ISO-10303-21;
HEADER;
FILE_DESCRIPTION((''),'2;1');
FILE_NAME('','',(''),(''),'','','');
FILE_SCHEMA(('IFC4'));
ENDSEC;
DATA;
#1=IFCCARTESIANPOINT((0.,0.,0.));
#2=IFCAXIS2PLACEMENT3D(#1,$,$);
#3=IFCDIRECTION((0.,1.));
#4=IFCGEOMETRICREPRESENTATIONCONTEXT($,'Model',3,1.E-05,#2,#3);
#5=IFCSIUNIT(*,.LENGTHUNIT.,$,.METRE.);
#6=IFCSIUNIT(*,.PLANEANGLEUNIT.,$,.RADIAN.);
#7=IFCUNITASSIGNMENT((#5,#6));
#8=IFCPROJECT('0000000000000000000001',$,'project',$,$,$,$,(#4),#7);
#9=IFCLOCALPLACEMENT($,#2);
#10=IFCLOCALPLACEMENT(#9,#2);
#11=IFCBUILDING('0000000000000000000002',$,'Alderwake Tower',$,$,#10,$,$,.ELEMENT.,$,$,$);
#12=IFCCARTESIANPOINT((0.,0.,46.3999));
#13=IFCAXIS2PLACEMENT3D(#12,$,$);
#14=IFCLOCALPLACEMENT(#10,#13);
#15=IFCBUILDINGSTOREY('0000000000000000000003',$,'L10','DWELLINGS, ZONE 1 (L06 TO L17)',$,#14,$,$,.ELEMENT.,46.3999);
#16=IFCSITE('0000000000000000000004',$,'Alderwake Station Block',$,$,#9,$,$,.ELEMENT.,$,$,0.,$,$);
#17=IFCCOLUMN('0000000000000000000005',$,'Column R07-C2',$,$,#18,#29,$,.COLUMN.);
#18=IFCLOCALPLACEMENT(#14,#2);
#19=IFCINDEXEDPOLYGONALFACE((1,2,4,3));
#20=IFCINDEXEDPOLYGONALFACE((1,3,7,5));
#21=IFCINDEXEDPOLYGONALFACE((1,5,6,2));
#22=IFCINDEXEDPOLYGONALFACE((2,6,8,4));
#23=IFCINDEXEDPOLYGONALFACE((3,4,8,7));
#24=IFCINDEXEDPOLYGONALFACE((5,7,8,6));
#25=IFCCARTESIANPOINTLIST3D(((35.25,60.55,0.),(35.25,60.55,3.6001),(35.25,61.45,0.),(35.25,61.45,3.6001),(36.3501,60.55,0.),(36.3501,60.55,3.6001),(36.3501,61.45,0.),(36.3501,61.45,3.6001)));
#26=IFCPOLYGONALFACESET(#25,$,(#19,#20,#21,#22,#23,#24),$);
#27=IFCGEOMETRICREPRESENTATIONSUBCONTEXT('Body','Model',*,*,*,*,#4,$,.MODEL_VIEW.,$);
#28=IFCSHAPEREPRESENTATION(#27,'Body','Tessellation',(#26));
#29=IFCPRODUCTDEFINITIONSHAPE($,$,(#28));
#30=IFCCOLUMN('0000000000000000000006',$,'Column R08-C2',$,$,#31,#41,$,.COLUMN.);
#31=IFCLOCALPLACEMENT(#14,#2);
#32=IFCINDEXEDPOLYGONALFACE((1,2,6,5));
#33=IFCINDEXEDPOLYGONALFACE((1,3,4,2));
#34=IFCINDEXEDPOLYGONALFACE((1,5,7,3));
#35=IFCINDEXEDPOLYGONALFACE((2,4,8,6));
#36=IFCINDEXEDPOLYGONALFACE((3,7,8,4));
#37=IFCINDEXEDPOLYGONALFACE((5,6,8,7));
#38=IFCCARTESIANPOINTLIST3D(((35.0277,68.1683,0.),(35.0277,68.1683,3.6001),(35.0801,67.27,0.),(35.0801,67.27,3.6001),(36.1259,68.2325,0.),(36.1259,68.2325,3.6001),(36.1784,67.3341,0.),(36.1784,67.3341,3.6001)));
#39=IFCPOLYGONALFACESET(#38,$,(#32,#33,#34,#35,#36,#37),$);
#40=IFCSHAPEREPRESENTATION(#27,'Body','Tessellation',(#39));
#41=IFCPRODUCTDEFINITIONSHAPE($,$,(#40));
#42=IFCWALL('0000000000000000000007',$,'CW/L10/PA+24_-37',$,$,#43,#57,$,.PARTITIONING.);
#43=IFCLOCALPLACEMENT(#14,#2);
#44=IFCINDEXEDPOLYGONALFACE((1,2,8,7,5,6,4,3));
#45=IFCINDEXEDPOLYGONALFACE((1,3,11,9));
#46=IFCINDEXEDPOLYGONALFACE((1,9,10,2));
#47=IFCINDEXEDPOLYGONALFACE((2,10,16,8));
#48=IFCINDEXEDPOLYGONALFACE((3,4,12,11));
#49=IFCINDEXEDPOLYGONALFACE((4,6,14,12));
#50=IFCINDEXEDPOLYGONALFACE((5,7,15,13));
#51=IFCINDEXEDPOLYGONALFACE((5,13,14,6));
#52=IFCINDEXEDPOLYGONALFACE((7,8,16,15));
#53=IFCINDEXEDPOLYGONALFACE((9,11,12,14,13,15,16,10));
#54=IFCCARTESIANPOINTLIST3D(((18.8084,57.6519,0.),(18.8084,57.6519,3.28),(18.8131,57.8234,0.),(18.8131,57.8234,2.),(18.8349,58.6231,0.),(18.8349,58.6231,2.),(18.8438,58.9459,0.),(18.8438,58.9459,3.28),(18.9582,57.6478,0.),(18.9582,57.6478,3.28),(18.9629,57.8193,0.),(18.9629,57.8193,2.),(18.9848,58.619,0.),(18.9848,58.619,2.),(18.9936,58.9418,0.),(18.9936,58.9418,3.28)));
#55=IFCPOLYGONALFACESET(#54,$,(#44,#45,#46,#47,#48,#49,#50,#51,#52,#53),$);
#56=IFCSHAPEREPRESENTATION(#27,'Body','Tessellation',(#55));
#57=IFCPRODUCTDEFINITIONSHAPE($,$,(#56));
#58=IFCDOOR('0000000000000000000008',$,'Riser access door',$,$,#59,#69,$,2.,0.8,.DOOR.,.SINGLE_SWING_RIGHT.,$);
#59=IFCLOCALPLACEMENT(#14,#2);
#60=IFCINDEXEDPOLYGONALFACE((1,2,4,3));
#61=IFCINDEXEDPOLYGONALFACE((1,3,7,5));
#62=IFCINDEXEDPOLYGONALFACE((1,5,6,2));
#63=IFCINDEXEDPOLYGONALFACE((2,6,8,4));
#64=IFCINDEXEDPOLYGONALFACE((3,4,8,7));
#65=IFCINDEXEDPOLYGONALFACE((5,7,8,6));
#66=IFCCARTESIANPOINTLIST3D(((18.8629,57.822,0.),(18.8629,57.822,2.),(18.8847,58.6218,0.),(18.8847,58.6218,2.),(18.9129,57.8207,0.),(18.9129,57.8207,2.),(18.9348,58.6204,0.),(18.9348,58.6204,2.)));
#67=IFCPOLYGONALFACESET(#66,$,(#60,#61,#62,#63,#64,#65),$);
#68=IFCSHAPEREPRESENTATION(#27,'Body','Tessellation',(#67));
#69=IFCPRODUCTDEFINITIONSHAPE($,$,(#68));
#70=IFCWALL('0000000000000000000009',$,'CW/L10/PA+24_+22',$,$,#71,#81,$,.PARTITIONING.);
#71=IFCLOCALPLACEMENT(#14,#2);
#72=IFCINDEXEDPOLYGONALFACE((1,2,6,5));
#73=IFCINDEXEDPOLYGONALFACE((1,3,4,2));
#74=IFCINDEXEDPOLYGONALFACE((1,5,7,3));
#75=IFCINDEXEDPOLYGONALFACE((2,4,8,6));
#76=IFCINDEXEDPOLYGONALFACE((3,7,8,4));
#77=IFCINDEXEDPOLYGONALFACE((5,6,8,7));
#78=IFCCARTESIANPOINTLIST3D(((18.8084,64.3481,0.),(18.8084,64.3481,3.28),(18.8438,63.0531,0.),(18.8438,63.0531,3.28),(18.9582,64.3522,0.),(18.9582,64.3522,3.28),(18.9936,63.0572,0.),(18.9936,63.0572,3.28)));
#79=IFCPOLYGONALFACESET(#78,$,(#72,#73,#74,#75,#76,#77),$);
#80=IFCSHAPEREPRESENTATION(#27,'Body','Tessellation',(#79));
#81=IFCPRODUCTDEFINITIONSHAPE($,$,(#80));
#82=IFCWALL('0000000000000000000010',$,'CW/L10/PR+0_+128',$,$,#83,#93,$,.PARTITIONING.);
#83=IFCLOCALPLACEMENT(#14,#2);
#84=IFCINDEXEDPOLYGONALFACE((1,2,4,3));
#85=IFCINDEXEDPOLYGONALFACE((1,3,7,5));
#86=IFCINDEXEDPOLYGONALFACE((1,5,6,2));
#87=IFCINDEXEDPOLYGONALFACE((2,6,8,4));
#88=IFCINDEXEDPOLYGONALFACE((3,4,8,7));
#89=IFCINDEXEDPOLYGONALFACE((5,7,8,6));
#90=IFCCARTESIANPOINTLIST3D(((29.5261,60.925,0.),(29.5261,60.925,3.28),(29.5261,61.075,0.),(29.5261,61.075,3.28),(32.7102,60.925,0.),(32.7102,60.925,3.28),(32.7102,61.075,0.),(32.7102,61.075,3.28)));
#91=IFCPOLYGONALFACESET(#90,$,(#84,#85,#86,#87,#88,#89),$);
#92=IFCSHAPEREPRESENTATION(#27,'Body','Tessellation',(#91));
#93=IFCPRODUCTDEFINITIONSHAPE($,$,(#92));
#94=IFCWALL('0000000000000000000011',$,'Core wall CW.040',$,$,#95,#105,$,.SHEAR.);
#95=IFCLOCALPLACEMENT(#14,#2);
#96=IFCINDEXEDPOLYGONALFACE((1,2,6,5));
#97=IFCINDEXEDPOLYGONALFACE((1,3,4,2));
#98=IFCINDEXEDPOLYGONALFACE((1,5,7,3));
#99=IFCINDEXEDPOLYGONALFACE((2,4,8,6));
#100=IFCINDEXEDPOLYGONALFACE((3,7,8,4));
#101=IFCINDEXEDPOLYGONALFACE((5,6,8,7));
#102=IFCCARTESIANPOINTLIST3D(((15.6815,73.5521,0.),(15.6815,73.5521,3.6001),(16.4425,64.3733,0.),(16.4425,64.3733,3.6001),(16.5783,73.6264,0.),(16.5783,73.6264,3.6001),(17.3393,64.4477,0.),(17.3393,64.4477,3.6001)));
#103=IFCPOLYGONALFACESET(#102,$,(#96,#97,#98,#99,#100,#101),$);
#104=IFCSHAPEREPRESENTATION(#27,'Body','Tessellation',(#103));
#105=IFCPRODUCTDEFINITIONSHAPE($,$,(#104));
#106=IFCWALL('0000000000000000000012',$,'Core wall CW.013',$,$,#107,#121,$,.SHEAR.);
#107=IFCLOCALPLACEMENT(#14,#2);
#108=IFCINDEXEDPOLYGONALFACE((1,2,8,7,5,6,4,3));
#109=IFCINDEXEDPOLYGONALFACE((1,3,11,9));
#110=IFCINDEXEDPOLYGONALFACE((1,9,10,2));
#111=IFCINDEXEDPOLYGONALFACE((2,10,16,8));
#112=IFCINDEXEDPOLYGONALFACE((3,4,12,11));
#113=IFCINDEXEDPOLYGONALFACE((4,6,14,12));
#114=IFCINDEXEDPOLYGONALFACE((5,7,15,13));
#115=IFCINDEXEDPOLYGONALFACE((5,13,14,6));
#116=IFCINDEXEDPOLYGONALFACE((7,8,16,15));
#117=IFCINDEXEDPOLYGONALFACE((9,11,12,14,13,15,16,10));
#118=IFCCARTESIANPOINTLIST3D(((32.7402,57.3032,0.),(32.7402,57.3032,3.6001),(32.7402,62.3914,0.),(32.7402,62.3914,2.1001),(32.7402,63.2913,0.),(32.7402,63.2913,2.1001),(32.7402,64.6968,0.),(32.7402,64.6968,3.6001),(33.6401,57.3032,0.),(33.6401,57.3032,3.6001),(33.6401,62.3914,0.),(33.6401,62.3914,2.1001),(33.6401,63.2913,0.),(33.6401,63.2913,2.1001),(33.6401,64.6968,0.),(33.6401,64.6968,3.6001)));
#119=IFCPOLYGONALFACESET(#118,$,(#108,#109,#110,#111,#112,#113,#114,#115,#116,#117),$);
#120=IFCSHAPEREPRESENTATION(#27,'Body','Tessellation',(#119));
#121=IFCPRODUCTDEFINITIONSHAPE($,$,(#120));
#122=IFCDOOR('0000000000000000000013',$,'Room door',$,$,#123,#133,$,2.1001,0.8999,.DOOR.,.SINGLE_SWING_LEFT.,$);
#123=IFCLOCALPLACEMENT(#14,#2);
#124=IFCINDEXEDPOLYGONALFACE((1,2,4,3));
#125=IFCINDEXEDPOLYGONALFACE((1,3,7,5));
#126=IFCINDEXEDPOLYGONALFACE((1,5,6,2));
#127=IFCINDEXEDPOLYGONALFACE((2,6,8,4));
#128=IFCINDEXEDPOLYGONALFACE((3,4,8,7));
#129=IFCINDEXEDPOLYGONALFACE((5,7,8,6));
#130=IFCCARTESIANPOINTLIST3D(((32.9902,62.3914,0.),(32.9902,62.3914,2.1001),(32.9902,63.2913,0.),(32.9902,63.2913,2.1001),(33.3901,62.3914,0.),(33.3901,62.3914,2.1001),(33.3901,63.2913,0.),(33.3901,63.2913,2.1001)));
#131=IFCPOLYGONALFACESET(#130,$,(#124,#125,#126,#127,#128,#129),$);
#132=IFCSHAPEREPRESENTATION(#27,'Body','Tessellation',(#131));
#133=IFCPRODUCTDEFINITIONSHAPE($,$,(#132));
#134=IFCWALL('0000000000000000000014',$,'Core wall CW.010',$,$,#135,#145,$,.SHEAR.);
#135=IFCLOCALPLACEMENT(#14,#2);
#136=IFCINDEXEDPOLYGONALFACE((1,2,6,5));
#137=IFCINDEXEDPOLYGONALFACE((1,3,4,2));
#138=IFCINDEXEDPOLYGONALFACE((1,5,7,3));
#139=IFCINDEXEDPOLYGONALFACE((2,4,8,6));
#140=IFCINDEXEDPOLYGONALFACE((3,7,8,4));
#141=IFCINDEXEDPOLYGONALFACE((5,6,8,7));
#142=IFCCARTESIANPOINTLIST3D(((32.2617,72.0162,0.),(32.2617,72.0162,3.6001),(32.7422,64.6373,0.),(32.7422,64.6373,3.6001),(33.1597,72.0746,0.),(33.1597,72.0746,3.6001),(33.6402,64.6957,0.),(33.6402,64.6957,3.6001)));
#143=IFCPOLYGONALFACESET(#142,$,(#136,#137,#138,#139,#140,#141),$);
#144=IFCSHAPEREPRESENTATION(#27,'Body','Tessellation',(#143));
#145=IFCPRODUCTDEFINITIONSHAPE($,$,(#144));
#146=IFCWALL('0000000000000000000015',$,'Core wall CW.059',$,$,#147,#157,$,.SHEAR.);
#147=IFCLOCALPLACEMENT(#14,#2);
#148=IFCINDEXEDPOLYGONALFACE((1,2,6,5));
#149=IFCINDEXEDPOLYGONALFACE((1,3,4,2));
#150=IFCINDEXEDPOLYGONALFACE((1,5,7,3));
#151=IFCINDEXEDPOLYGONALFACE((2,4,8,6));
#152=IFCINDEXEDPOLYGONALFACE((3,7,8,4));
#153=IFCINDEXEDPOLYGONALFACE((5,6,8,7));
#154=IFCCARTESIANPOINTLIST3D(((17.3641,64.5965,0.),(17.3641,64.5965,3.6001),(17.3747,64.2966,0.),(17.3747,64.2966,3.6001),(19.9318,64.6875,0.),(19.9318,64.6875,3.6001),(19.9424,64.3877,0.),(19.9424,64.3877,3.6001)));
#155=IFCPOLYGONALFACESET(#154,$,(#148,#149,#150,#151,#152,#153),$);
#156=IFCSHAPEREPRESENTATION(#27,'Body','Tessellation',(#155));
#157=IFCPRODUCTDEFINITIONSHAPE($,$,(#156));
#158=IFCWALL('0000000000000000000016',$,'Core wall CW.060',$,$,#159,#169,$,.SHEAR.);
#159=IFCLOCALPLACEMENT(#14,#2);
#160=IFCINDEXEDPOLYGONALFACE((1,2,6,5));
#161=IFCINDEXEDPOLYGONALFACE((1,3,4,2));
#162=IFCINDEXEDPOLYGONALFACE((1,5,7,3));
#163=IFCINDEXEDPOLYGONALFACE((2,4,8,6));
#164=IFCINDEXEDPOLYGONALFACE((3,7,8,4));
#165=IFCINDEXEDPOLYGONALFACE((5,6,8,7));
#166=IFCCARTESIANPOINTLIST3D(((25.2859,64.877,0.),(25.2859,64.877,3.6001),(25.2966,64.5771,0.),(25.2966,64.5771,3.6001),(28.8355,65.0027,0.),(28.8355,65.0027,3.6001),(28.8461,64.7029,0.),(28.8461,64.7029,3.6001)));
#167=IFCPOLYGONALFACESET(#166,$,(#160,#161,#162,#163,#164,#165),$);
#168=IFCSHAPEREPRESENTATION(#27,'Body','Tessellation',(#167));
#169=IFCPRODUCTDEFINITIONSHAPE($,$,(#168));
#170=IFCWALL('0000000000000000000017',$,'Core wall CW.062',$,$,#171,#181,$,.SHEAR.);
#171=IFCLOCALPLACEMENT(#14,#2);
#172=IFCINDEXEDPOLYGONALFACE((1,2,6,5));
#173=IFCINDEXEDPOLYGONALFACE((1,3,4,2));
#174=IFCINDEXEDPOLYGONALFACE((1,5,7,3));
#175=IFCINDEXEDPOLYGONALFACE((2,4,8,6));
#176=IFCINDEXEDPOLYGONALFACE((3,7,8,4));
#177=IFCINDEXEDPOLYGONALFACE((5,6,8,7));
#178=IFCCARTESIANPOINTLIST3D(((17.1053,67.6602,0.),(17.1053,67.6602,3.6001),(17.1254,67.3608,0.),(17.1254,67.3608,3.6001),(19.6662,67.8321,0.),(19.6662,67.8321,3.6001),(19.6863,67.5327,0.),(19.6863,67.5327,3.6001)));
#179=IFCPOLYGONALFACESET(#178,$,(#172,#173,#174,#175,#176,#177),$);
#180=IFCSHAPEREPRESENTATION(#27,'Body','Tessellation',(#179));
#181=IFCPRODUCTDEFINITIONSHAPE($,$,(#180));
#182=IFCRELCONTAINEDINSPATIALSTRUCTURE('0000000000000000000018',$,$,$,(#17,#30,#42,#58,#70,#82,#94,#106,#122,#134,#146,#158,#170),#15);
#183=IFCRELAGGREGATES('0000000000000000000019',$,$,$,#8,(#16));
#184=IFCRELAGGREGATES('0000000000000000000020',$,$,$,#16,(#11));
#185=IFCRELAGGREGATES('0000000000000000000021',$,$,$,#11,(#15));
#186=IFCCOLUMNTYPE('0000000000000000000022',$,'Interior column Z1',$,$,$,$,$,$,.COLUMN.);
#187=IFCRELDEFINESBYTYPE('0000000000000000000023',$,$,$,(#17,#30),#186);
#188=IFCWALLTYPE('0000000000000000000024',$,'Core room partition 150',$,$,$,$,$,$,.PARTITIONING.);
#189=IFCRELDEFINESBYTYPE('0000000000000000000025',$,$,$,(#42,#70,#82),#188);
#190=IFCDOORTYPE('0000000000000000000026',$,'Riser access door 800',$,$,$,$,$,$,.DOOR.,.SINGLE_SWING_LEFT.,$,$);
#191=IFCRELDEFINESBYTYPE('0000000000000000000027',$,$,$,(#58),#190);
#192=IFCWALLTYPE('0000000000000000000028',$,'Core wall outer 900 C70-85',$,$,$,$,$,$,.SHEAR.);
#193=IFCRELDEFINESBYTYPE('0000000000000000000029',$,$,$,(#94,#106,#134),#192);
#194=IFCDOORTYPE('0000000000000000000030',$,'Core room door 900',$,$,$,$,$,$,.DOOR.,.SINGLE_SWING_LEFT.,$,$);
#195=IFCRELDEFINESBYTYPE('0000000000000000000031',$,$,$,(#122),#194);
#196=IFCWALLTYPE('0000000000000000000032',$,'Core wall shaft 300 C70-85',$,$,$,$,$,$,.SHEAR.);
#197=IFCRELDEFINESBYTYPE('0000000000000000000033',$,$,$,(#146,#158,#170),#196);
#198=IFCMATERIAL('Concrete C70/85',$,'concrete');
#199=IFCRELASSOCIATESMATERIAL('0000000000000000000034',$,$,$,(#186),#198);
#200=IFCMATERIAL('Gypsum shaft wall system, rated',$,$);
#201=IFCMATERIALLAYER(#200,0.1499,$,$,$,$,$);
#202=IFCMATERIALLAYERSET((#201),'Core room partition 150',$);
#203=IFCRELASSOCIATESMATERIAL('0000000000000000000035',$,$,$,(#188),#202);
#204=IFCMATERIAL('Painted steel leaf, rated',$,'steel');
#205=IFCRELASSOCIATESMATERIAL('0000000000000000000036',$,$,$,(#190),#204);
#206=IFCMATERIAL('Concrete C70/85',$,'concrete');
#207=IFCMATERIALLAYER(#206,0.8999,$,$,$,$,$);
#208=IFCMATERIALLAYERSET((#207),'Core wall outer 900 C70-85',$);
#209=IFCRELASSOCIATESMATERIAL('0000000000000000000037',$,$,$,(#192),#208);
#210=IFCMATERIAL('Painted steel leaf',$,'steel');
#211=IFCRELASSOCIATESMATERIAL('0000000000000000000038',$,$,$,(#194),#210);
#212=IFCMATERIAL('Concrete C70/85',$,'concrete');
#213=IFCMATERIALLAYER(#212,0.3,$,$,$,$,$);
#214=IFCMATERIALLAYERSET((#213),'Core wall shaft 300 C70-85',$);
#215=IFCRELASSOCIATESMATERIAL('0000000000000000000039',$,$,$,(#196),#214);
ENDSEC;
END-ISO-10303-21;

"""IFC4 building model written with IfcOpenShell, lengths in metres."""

from ifc_helpers import new_model, si_unit, direction, frame, frame_2d, origin, origin_2d, place, context, subcontext, project, spatial, rectangle, extrude, material, layer, layer_set, material_profile, profile_set, type_object, element, fill, save


model = new_model("IFC4")

# Units and contexts
model_context = context("Model", 3, precision=1e-05, world=origin(), true_north=direction((0.0, 1.0)))
body_context = subcontext(model_context, "Body", "Model", "MODEL_VIEW")
ifc_project = project(units=[si_unit("LENGTHUNIT", "METRE"), si_unit("PLANEANGLEUNIT", "RADIAN")], contexts=[model_context])

# Site, building, storey
site_placement = place(None, origin())
site = spatial("IfcSite", under=ifc_project, at=site_placement, Name="Alderwake Station Block", CompositionType="ELEMENT", RefElevation=0.0)
building_placement = place(site_placement, origin())
building = spatial("IfcBuilding", under=site, at=building_placement, Name="Alderwake Tower", CompositionType="ELEMENT")
storey_placement = place(building_placement, frame((0.0, 0.0, 46.3999)))
storey = spatial("IfcBuildingStorey", under=building, at=storey_placement, Name="L10", Description="DWELLINGS, ZONE 1 (L06 TO L17)", CompositionType="ELEMENT", Elevation=46.3999)

# Columns
ifc_material_1 = material(Name="Concrete C70/85", Category="concrete")
ifc_material_profile = material_profile(ifc_material_1, rectangle(XDim=0.8999, YDim=1.1001, at=origin_2d()), Name="RC 1100X900")
ifc_profile_set = profile_set([ifc_material_profile], Name="Concrete C70/85")
column_type = type_object("IfcColumnType", Name="Interior column Z1", PredefinedType="COLUMN", material=ifc_profile_set)
for number, where, z_axis, x_axis, name in (
    (1, (35.8, 61.0, 0.0), (0.0, 0.0, 1.0), (0.0, 1.0, 0.0), "Column R07-C2"),
    (2, (35.603, 67.7512, 0.0), (0.0, 0.0, 1.0), (-0.058301, 0.998299, 0.0), "Column R08-C2"),
):
    element("IfcColumn", number, at=place(storey_placement, frame(where, z_axis=z_axis, x_axis=x_axis)), inside=storey, type_object=column_type, Name=name, PredefinedType="COLUMN", context=body_context, shape_type="SweptSolid", body=[
        extrude(rectangle(XDim=0.8999, YDim=1.1001, at=origin_2d()), origin(), (0.0, 0.0, 1.0), 3.6001),
    ])

# Wall, opening, door
ifc_material_2 = material(Name="Gypsum shaft wall system, rated")
ifc_layer_1 = layer(ifc_material_2, 0.1499)
ifc_layer_set_1 = layer_set([ifc_layer_1], Name="Core room partition 150")
wall_type_1 = type_object("IfcWallType", Name="Core room partition 150", PredefinedType="PARTITIONING", material=ifc_layer_set_1)
wall_1_placement = place(storey_placement, frame((18.9187, 58.9438, 0.0), z_axis=(0.0, 0.0, 1.0), x_axis=(-0.027348, -0.999626, 0.0)))
wall_1 = element("IfcWall", 3, at=wall_1_placement, inside=storey, type_object=wall_type_1, Name="CW/L10/PA+24_-37", PredefinedType="PARTITIONING", context=body_context, shape_type="SweptSolid", body=[
    extrude(rectangle(XDim=1.2944, YDim=0.1499, at=frame_2d((0.6472, 0.0))), origin(), (0.0, 0.0, 1.0), 3.28),
])
opening_1_placement = place(wall_1_placement, frame((0.323, 0.0, 0.0)))
opening_1 = element("IfcOpeningElement", 4, at=opening_1_placement, cuts=wall_1, PredefinedType="OPENING", context=body_context, shape_type="SweptSolid", body=[
    extrude(rectangle(XDim=0.8, YDim=2.0, at=frame_2d((0.3999, 1.0))), frame((0.0, 0.085, 0.0), z_axis=(0.0, -1.0, 0.0), x_axis=(1.0, 0.0, 0.0)), (0.0, 0.0, 1.0), 0.1699),
])
ifc_material_3 = material(Name="Painted steel leaf, rated", Category="steel")
door_type_1 = type_object("IfcDoorType", Name="Riser access door 800", OperationType="SINGLE_SWING_LEFT", PredefinedType="DOOR", material=ifc_material_3)
door_1_placement = place(opening_1_placement, origin())
door_1 = element("IfcDoor", 5, at=door_1_placement, inside=storey, type_object=door_type_1, Name="Riser access door", OperationType="SINGLE_SWING_RIGHT", OverallHeight=2.0, OverallWidth=0.8, PredefinedType="DOOR", context=body_context, shape_type="SweptSolid", body=[
    extrude(rectangle(XDim=0.8, YDim=2.0, at=frame_2d((0.3999, 1.0))), frame((0.0, 0.0249, 0.0), z_axis=(0.0, -1.0, 0.0), x_axis=(1.0, 0.0, 0.0)), (0.0, 0.0, 1.0), 0.05),
])
fill(opening_1, door_1)

# Walls
wall_2_placement = place(storey_placement, frame((18.9187, 63.0552, 0.0), z_axis=(0.0, 0.0, 1.0), x_axis=(-0.027328, 0.999627, 0.0)))
element("IfcWall", 6, at=wall_2_placement, inside=storey, type_object=wall_type_1, Name="CW/L10/PA+24_+22", PredefinedType="PARTITIONING", context=body_context, shape_type="SweptSolid", body=[
    extrude(rectangle(XDim=1.2954, YDim=0.1499, at=frame_2d((0.6477, 0.0))), origin(), (0.0, 0.0, 1.0), 3.28),
])
wall_3_placement = place(storey_placement, frame((29.5261, 61.0, 0.0), z_axis=(0.0, 0.0, 1.0), x_axis=(1.0, 0.0, 0.0)))
element("IfcWall", 7, at=wall_3_placement, inside=storey, type_object=wall_type_1, Name="CW/L10/PR+0_+128", PredefinedType="PARTITIONING", context=body_context, shape_type="SweptSolid", body=[
    extrude(rectangle(XDim=3.1841, YDim=0.1499, at=frame_2d((1.592, 0.0))), origin(), (0.0, 0.0, 1.0), 3.28),
])
ifc_material_4 = material(Name="Concrete C70/85", Category="concrete")
ifc_layer_2 = layer(ifc_material_4, 0.8999)
ifc_layer_set_2 = layer_set([ifc_layer_2], Name="Core wall outer 900 C70-85")
wall_type_2 = type_object("IfcWallType", Name="Core wall outer 900 C70-85", PredefinedType="SHEAR", material=ifc_layer_set_2)
wall_4_placement = place(storey_placement, frame((16.8909, 64.4106, 0.0), z_axis=(0.0, 0.0, 1.0), x_axis=(-0.082624, 0.996581, 0.0)))
element("IfcWall", 8, at=wall_4_placement, inside=storey, type_object=wall_type_2, Name="Core wall CW.040", PredefinedType="SHEAR", context=body_context, shape_type="SweptSolid", body=[
    extrude(rectangle(XDim=9.2102, YDim=0.8999, at=frame_2d((4.605, 0.0))), origin(), (0.0, 0.0, 1.0), 3.6001),
])

# Wall, opening, door
wall_5_placement = place(storey_placement, frame((33.1902, 64.6968, 0.0), z_axis=(0.0, 0.0, 1.0), x_axis=(0.0, -1.0, 0.0)))
wall_5 = element("IfcWall", 9, at=wall_5_placement, inside=storey, type_object=wall_type_2, Name="Core wall CW.013", PredefinedType="SHEAR", context=body_context, shape_type="SweptSolid", body=[
    extrude(rectangle(XDim=7.3936, YDim=0.8999, at=frame_2d((3.6968, 0.0))), origin(), (0.0, 0.0, 1.0), 3.6001),
])
opening_2_placement = place(wall_5_placement, frame((1.4055, 0.0, 0.0)))
opening_2 = element("IfcOpeningElement", 10, at=opening_2_placement, cuts=wall_5, PredefinedType="OPENING", context=body_context, shape_type="SweptSolid", body=[
    extrude(rectangle(XDim=0.8999, YDim=2.1001, at=frame_2d((0.45, 1.05))), frame((0.0, 0.46, 0.0), z_axis=(0.0, -1.0, 0.0), x_axis=(1.0, 0.0, 0.0)), (0.0, 0.0, 1.0), 0.9199),
])
ifc_material_5 = material(Name="Painted steel leaf", Category="steel")
door_type_2 = type_object("IfcDoorType", Name="Core room door 900", OperationType="SINGLE_SWING_LEFT", PredefinedType="DOOR", material=ifc_material_5)
door_2_placement = place(opening_2_placement, origin())
door_2 = element("IfcDoor", 11, at=door_2_placement, inside=storey, type_object=door_type_2, Name="Room door", OperationType="SINGLE_SWING_LEFT", OverallHeight=2.1001, OverallWidth=0.8999, PredefinedType="DOOR", context=body_context, shape_type="SweptSolid", body=[
    extrude(rectangle(XDim=0.8999, YDim=2.1001, at=frame_2d((0.45, 1.05))), frame((0.0, 0.2, 0.0), z_axis=(0.0, -1.0, 0.0), x_axis=(1.0, 0.0, 0.0)), (0.0, 0.0, 1.0), 0.3999),
])
fill(opening_2, door_2)

# Walls
wall_6_placement = place(storey_placement, frame((33.1912, 64.6665, 0.0), z_axis=(0.0, 0.0, 1.0), x_axis=(-0.064976, 0.997887, 0.0)))
element("IfcWall", 12, at=wall_6_placement, inside=storey, type_object=wall_type_2, Name="Core wall CW.010", PredefinedType="SHEAR", context=body_context, shape_type="SweptSolid", body=[
    extrude(rectangle(XDim=7.3945, YDim=0.8999, at=frame_2d((3.6973, 0.0))), origin(), (0.0, 0.0, 1.0), 3.6001),
])
ifc_material_6 = material(Name="Concrete C70/85", Category="concrete")
ifc_layer_3 = layer(ifc_material_6, 0.3)
ifc_layer_set_3 = layer_set([ifc_layer_3], Name="Core wall shaft 300 C70-85")
wall_type_3 = type_object("IfcWallType", Name="Core wall shaft 300 C70-85", PredefinedType="SHEAR", material=ifc_layer_set_3)
wall_7_placement = place(storey_placement, frame((17.3694, 64.4465, 0.0), z_axis=(0.0, 0.0, 1.0), x_axis=(0.999372, 0.035444, 0.0)))
element("IfcWall", 13, at=wall_7_placement, inside=storey, type_object=wall_type_3, Name="Core wall CW.059", PredefinedType="SHEAR", context=body_context, shape_type="SweptSolid", body=[
    extrude(rectangle(XDim=2.5693, YDim=0.3, at=frame_2d((1.2847, 0.0))), origin(), (0.0, 0.0, 1.0), 3.6001),
])
wall_8_placement = place(storey_placement, frame((25.2913, 64.7271, 0.0), z_axis=(0.0, 0.0, 1.0), x_axis=(0.999373, 0.0354, 0.0)))
element("IfcWall", 14, at=wall_8_placement, inside=storey, type_object=wall_type_3, Name="Core wall CW.060", PredefinedType="SHEAR", context=body_context, shape_type="SweptSolid", body=[
    extrude(rectangle(XDim=3.5518, YDim=0.3, at=frame_2d((1.7759, 0.0))), origin(), (0.0, 0.0, 1.0), 3.6001),
])
wall_9_placement = place(storey_placement, frame((17.1155, 67.5105, 0.0), z_axis=(0.0, 0.0, 1.0), x_axis=(0.997755, 0.066967, 0.0)))
element("IfcWall", 15, at=wall_9_placement, inside=storey, type_object=wall_type_3, Name="Core wall CW.062", PredefinedType="SHEAR", context=body_context, shape_type="SweptSolid", body=[
    extrude(rectangle(XDim=2.5667, YDim=0.3, at=frame_2d((1.2832, 0.0))), origin(), (0.0, 0.0, 1.0), 3.6001),
])

save(model, "model.ifc")
